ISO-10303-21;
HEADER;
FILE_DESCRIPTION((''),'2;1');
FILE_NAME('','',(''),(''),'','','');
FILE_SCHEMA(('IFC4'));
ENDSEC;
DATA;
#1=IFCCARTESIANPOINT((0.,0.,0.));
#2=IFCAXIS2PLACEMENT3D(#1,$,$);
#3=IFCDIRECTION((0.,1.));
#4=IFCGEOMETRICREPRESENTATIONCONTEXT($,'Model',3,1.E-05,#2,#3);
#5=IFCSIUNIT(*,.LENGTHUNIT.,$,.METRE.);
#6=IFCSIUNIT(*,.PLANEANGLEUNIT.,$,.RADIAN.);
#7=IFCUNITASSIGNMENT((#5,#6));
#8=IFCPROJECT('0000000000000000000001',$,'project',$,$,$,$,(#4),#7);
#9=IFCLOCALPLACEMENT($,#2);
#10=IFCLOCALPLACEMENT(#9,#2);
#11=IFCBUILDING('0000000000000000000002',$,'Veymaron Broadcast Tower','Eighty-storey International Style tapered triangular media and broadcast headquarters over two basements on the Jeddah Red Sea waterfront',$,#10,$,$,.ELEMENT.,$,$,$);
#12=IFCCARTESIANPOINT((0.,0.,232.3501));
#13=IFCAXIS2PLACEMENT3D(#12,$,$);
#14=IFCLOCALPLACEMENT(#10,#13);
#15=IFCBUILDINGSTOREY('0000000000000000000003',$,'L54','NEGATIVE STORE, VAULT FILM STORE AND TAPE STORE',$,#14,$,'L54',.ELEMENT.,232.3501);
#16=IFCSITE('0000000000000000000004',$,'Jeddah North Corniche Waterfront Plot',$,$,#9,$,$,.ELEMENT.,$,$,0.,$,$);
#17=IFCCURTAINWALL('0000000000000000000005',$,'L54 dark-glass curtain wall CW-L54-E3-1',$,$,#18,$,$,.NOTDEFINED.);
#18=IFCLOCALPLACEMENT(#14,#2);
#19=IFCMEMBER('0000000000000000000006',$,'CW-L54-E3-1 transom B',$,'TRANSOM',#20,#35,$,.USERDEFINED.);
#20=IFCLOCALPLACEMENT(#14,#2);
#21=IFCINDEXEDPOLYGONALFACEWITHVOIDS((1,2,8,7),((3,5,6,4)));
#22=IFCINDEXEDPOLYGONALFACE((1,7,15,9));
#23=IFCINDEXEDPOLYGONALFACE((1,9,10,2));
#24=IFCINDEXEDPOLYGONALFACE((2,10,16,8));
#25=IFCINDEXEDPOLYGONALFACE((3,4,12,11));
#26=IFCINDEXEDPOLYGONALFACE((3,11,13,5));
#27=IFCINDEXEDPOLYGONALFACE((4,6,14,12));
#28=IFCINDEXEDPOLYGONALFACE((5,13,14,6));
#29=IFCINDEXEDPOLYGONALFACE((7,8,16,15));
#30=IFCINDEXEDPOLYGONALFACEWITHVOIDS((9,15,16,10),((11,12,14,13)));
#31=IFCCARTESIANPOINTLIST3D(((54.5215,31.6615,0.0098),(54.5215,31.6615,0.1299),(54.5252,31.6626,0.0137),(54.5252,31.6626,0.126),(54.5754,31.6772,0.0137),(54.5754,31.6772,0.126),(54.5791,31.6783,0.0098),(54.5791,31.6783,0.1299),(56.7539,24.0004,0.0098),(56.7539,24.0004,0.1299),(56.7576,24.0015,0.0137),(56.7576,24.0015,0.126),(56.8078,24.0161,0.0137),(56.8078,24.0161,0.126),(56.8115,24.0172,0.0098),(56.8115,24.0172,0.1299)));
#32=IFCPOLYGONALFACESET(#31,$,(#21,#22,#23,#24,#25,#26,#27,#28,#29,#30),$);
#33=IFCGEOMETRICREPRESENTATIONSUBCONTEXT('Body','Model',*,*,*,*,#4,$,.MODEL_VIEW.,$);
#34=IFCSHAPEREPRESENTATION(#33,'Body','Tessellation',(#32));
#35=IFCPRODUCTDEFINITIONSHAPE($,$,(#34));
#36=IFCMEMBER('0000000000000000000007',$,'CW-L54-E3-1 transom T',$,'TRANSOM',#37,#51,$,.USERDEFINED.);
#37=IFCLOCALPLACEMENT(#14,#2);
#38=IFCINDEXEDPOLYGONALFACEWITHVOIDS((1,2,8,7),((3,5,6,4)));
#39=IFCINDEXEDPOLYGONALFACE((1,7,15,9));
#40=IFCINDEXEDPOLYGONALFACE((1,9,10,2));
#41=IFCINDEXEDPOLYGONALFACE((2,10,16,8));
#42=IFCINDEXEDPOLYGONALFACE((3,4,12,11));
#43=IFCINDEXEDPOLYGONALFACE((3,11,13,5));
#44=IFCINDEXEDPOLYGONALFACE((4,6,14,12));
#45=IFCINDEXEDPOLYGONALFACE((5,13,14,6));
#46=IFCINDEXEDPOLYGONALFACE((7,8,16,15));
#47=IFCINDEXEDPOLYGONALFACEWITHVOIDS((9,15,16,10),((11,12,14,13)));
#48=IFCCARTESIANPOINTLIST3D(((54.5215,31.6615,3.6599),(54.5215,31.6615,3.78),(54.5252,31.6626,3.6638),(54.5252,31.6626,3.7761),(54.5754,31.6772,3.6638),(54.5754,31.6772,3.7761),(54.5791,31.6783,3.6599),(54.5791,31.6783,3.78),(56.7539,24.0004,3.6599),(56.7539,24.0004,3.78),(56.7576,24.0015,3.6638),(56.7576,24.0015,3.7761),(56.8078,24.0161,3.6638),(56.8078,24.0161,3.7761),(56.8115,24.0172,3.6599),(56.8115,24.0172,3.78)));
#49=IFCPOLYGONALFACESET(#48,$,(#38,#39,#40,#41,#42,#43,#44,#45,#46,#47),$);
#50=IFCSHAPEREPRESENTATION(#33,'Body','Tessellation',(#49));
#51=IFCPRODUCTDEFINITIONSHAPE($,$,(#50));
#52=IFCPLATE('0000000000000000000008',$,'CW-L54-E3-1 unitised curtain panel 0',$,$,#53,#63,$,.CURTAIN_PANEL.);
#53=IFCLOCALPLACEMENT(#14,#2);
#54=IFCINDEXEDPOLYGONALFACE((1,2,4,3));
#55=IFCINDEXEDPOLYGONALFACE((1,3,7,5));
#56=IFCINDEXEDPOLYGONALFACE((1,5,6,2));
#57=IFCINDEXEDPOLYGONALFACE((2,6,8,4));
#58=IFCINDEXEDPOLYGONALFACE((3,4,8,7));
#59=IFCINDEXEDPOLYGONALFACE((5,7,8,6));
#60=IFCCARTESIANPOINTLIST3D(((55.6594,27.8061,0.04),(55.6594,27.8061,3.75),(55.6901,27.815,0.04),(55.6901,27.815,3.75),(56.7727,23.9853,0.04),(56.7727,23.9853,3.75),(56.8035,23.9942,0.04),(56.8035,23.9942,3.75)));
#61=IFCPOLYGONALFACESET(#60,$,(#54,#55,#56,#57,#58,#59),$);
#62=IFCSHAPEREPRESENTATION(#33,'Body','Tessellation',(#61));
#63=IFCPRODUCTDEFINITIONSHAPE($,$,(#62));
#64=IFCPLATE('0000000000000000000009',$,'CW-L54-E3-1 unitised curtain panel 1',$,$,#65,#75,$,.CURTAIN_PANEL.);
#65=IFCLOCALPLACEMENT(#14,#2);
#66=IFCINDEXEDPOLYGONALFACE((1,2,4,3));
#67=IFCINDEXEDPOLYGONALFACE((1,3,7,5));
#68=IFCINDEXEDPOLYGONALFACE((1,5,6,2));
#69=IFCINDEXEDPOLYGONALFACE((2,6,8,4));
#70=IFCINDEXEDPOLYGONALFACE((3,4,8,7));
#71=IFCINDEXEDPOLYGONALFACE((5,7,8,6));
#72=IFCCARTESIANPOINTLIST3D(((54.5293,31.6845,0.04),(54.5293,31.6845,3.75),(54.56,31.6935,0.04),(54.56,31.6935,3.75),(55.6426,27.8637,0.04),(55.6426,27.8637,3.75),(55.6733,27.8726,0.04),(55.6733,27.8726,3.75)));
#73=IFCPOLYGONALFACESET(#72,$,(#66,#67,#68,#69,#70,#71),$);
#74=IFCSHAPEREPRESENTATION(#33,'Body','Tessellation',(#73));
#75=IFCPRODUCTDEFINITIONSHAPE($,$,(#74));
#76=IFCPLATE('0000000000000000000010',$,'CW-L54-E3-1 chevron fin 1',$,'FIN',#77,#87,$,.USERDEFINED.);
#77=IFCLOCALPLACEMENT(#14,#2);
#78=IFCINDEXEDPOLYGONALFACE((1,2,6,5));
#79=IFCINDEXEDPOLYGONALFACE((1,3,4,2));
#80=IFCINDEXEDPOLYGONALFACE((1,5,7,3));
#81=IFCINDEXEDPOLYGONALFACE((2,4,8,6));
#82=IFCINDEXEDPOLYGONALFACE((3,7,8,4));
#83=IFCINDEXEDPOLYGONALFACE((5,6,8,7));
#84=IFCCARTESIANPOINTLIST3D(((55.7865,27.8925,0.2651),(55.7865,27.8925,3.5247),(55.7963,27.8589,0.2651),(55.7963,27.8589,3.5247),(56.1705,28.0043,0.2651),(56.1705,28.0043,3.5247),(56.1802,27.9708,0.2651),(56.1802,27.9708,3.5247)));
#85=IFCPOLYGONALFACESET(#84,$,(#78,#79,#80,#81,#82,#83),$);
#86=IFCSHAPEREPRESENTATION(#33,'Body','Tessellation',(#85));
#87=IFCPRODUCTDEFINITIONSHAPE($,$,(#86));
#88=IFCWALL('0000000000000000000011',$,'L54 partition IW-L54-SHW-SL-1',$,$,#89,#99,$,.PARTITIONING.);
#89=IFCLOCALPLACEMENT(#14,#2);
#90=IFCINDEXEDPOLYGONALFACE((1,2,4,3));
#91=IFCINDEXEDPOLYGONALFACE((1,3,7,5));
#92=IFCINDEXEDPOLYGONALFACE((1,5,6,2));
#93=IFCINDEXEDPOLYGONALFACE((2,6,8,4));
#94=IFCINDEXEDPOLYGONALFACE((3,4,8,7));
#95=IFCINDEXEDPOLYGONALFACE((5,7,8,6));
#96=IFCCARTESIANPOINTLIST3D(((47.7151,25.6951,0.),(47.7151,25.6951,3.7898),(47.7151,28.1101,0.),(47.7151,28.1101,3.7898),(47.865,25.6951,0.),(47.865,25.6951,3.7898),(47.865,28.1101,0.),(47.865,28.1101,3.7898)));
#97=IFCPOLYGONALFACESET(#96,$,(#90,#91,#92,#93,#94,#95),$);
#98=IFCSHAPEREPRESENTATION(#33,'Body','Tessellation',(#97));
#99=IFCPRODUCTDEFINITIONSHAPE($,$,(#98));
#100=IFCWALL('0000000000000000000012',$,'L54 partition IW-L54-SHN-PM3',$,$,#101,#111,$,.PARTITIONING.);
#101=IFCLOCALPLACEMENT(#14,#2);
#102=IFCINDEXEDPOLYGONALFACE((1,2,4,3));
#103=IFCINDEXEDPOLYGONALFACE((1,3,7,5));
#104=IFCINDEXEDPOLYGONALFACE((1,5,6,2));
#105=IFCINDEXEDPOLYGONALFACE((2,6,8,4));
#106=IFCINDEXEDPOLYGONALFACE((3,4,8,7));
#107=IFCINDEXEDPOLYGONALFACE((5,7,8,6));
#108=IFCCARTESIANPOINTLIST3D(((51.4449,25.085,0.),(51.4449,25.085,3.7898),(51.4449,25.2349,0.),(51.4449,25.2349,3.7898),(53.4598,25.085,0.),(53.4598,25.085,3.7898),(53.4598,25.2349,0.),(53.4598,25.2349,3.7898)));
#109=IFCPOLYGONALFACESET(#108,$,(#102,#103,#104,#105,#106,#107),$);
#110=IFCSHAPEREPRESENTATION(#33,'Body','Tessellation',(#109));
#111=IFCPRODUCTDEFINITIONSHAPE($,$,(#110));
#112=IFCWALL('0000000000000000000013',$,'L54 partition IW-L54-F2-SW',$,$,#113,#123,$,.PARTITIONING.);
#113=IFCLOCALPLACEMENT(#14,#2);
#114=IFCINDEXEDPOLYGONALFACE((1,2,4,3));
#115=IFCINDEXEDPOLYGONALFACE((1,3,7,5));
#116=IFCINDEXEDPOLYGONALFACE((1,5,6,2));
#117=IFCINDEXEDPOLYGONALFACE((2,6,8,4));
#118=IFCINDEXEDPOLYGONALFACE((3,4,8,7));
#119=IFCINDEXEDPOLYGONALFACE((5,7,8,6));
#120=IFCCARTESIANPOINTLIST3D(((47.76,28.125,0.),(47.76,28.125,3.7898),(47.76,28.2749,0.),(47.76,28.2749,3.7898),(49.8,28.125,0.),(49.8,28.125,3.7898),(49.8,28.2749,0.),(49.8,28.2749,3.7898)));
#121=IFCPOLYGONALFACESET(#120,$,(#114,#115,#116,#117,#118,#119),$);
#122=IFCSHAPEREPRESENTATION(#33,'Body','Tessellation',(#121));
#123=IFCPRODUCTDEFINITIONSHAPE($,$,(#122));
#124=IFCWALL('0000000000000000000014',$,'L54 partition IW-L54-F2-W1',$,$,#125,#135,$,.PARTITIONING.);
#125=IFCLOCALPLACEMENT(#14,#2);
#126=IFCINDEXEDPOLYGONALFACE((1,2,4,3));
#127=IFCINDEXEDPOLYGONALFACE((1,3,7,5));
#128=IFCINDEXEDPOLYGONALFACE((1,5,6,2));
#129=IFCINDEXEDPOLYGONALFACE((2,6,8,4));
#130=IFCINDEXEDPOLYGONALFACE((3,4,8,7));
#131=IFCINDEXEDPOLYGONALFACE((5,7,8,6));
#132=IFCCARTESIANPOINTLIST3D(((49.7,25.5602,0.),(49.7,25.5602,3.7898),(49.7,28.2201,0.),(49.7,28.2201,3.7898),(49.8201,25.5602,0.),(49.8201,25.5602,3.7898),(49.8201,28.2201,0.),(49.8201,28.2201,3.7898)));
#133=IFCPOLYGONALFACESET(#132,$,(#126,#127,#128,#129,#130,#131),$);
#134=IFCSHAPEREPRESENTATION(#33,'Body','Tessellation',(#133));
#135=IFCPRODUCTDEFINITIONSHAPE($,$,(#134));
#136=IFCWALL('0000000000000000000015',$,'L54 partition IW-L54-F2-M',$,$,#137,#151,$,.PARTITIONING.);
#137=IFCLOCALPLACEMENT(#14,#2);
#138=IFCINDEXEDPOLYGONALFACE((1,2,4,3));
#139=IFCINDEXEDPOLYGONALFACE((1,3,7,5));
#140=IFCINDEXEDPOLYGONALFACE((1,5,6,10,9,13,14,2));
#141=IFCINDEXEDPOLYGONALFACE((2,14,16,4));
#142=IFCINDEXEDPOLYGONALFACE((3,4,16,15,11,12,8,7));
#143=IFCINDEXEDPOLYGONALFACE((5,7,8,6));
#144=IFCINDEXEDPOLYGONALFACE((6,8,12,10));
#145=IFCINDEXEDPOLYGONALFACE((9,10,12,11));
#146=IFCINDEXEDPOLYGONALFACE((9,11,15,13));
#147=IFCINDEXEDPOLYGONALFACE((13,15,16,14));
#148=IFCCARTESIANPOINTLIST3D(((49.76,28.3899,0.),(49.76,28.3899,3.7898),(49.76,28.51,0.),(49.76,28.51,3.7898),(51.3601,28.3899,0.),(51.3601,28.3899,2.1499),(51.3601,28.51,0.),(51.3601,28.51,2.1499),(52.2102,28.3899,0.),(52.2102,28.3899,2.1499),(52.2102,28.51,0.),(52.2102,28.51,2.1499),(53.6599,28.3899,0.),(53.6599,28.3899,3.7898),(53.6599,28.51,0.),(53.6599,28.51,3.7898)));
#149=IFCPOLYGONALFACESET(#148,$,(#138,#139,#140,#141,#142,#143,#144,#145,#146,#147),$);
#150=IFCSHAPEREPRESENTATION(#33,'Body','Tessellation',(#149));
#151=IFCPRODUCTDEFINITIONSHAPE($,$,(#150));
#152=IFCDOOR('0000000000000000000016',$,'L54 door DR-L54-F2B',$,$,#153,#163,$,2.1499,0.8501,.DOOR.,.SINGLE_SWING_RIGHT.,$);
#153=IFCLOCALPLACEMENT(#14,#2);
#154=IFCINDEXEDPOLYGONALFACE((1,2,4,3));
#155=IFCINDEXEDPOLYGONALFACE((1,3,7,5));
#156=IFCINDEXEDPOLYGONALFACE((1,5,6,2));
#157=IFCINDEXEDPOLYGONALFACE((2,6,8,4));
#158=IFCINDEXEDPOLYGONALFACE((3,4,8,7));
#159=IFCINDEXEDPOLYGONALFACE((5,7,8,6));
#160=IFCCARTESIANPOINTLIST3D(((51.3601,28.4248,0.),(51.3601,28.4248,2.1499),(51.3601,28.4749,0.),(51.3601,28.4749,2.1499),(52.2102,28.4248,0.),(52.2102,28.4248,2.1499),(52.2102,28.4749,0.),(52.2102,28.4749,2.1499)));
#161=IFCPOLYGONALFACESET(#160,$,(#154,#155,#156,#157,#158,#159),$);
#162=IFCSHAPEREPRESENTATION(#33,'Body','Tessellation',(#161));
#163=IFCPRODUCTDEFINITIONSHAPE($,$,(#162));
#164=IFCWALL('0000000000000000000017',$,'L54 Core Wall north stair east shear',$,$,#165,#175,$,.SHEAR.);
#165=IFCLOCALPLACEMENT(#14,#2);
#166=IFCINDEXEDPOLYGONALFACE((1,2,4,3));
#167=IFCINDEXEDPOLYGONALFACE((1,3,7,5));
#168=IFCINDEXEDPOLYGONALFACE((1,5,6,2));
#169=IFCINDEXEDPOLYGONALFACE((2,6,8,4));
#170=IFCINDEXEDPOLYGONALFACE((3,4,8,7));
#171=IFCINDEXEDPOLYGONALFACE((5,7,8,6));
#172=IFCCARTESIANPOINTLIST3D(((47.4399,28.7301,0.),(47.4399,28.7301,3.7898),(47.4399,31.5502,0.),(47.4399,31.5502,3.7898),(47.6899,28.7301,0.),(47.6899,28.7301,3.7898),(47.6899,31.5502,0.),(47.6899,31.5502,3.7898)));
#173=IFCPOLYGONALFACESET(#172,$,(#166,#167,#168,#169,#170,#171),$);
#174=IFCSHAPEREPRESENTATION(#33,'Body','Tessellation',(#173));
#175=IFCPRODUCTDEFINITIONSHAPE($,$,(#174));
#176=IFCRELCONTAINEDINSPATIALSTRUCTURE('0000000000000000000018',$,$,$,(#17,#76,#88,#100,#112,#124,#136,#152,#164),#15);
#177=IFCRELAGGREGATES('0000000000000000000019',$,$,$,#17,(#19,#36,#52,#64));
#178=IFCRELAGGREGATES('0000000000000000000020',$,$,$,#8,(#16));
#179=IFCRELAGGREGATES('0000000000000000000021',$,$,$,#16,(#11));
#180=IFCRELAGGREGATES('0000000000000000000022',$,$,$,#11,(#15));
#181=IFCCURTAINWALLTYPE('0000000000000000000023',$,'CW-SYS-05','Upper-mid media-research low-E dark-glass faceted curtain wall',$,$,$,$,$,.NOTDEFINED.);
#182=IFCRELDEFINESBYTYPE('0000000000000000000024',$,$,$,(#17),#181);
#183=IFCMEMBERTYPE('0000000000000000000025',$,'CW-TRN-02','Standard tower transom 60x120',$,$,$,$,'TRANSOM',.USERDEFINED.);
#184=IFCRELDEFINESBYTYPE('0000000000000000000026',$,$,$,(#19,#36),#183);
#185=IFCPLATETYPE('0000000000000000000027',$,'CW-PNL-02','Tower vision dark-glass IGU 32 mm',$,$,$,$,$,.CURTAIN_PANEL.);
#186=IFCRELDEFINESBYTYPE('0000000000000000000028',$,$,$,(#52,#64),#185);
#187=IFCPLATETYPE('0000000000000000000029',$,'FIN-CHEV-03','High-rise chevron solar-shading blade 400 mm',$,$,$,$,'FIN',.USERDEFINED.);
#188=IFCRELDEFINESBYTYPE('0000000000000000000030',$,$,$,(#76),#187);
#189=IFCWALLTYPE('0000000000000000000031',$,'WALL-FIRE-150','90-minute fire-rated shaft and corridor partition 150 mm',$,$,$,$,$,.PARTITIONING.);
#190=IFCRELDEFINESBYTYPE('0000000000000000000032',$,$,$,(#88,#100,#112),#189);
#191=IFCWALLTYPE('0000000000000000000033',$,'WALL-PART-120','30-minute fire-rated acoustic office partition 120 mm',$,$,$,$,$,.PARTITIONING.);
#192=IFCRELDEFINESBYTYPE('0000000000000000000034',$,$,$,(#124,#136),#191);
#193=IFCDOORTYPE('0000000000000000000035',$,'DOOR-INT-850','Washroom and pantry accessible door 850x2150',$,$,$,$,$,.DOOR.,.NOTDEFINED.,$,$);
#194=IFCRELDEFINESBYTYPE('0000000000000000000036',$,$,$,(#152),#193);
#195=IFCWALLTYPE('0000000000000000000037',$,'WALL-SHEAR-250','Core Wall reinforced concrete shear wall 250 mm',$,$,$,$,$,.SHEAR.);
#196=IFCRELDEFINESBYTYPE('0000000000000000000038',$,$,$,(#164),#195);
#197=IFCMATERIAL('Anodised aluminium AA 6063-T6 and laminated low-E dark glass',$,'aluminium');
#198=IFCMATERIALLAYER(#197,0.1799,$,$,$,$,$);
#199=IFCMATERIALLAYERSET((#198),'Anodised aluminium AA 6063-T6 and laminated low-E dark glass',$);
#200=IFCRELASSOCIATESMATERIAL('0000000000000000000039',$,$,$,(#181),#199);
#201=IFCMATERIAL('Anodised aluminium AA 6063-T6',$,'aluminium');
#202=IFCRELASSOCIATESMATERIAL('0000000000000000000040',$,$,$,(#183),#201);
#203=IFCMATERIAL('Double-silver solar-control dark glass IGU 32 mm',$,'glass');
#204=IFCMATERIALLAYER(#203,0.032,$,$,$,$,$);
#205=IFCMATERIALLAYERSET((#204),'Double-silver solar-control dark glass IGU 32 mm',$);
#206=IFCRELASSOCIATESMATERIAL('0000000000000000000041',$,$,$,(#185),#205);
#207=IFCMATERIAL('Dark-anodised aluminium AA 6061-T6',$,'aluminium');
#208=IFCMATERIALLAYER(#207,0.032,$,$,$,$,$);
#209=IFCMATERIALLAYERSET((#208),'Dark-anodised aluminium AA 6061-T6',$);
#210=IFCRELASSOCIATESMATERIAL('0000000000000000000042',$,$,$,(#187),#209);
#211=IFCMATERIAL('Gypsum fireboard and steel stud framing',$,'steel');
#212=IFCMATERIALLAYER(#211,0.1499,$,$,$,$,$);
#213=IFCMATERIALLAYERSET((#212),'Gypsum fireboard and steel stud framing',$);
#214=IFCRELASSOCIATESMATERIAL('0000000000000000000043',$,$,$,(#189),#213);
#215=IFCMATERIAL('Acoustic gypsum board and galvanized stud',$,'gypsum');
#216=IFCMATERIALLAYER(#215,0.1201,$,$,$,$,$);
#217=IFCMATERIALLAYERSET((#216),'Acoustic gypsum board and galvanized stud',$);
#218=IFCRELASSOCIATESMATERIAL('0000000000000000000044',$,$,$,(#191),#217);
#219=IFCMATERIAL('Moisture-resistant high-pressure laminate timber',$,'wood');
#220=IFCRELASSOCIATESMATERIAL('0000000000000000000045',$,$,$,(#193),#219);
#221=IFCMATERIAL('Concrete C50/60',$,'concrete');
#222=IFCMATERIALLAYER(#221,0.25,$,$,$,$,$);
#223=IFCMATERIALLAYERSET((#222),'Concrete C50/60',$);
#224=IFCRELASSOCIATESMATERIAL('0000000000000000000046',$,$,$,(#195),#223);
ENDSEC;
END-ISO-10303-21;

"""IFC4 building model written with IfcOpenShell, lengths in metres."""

from ifc_helpers import new_model, si_unit, direction, frame, frame_2d, origin, origin_2d, place, context, subcontext, project, spatial, rectangle, hollow_rectangle, extrude, material, layer, layer_set, material_profile, profile_set, type_object, element, fill, aggregate, save


model = new_model("IFC4")

# Units and contexts
model_context = context("Model", 3, precision=1e-05, world=origin(), true_north=direction((0.0, 1.0)))
body_context = subcontext(model_context, "Body", "Model", "MODEL_VIEW")
ifc_project = project(units=[si_unit("LENGTHUNIT", "METRE"), si_unit("PLANEANGLEUNIT", "RADIAN")], contexts=[model_context])

# Site, building, storey
site_placement = place(None, origin())
site = spatial("IfcSite", under=ifc_project, at=site_placement, Name="Jeddah North Corniche Waterfront Plot", CompositionType="ELEMENT", RefElevation=0.0)
building_placement = place(site_placement, origin())
building = spatial("IfcBuilding", under=site, at=building_placement, Name="Veymaron Broadcast Tower", Description="Eighty-storey International Style tapered triangular media and broadcast headquarters over two basements on the Jeddah Red Sea waterfront", CompositionType="ELEMENT")
storey_placement = place(building_placement, frame((0.0, 0.0, 232.3501)))
storey = spatial("IfcBuildingStorey", under=building, at=storey_placement, Name="L54", Description="NEGATIVE STORE, VAULT FILM STORE AND TAPE STORE", LongName="L54", CompositionType="ELEMENT", Elevation=232.3501)

# Shared definitions
ifc_material_1 = material(Name="Anodised aluminium AA 6063-T6 and laminated low-E dark glass", Category="aluminium")
ifc_layer_1 = layer(ifc_material_1, 0.1799)
ifc_layer_set_1 = layer_set([ifc_layer_1], Name="Anodised aluminium AA 6063-T6 and laminated low-E dark glass")
curtain_wall_type = type_object("IfcCurtainWallType", Name="CW-SYS-05", Description="Upper-mid media-research low-E dark-glass faceted curtain wall", PredefinedType="NOTDEFINED", material=ifc_layer_set_1)
ifc_material_2 = material(Name="Anodised aluminium AA 6063-T6", Category="aluminium")

# Curtain wall
curtain_wall_1_placement = place(storey_placement, origin())
curtain_wall_1 = element("IfcCurtainWall", 1, at=curtain_wall_1_placement, inside=storey, type_object=curtain_wall_type, Name="L54 dark-glass curtain wall CW-L54-E3-1", PredefinedType="NOTDEFINED")

# Members
ifc_material_profile_1 = material_profile(ifc_material_2, hollow_rectangle(XDim=0.0601, YDim=0.1201, WallThickness=0.0039, at=origin_2d()), Name="AL120X60X4")
ifc_profile_set_1 = profile_set([ifc_material_profile_1], Name="Anodised aluminium AA 6063-T6")
member_type_1 = type_object("IfcMemberType", Name="CW-TRN-02", Description="Standard tower transom 60x120", ElementType="TRANSOM", PredefinedType="USERDEFINED", material=ifc_profile_set_1)
member_1_placement = place(storey_placement, frame((56.7827, 24.0088, 0.0698), z_axis=(-0.27976, 0.96007, 0.0), x_axis=(-0.96007, -0.27976, 0.0)))
member_1 = element("IfcMember", 2, at=member_1_placement, type_object=member_type_1, Name="CW-L54-E3-1 transom B", ObjectType="TRANSOM", PredefinedType="USERDEFINED", context=body_context, shape_type="SweptSolid", body=[
    extrude(hollow_rectangle(XDim=0.0601, YDim=0.1201, WallThickness=0.0039, at=origin_2d()), origin(), (0.0, 0.0, 1.0), 7.9797),
])
member_2_placement = place(storey_placement, frame((56.7827, 24.0088, 3.72), z_axis=(-0.27976, 0.96007, 0.0), x_axis=(-0.96007, -0.27976, 0.0)))
member_2 = element("IfcMember", 3, at=member_2_placement, type_object=member_type_1, Name="CW-L54-E3-1 transom T", ObjectType="TRANSOM", PredefinedType="USERDEFINED", context=body_context, shape_type="SweptSolid", body=[
    extrude(hollow_rectangle(XDim=0.0601, YDim=0.1201, WallThickness=0.0039, at=origin_2d()), origin(), (0.0, 0.0, 1.0), 7.9797),
])

# Plates
ifc_material_3 = material(Name="Double-silver solar-control dark glass IGU 32 mm", Category="glass")
ifc_layer_2 = layer(ifc_material_3, 0.032)
ifc_layer_set_2 = layer_set([ifc_layer_2], Name="Double-silver solar-control dark glass IGU 32 mm")
plate_type_1 = type_object("IfcPlateType", Name="CW-PNL-02", Description="Tower vision dark-glass IGU 32 mm", PredefinedType="CURTAIN_PANEL", material=ifc_layer_set_2)
plate_1_placement = place(storey_placement, frame((56.2314, 25.9001, 0.04), z_axis=(0.0, 0.0, 1.0), x_axis=(-0.279745, 0.960074, 0.0)))
plate_1 = element("IfcPlate", 4, at=plate_1_placement, type_object=plate_type_1, Name="CW-L54-E3-1 unitised curtain panel 0", PredefinedType="CURTAIN_PANEL", context=body_context, shape_type="SweptSolid", body=[
    extrude(rectangle(XDim=3.9797, YDim=0.032, at=origin_2d()), origin(), (0.0, 0.0, 1.0), 3.71),
])
plate_2_placement = place(storey_placement, frame((55.1013, 29.7786, 0.04), z_axis=(0.0, 0.0, 1.0), x_axis=(-0.279745, 0.960074, 0.0)))
plate_2 = element("IfcPlate", 5, at=plate_2_placement, type_object=plate_type_1, Name="CW-L54-E3-1 unitised curtain panel 1", PredefinedType="CURTAIN_PANEL", context=body_context, shape_type="SweptSolid", body=[
    extrude(rectangle(XDim=3.9797, YDim=0.032, at=origin_2d()), origin(), (0.0, 0.0, 1.0), 3.71),
])
aggregate(curtain_wall_1, [member_1, member_2, plate_1, plate_2])
ifc_material_4 = material(Name="Dark-anodised aluminium AA 6061-T6", Category="aluminium")
ifc_layer_3 = layer(ifc_material_4, 0.032)
ifc_layer_set_3 = layer_set([ifc_layer_3], Name="Dark-anodised aluminium AA 6061-T6")
plate_type_2 = type_object("IfcPlateType", Name="FIN-CHEV-03", Description="High-rise chevron solar-shading blade 400 mm", ElementType="FIN", PredefinedType="USERDEFINED", material=ifc_layer_set_3)
plate_3_placement = place(storey_placement, frame((55.9834, 27.9316, 0.2651), z_axis=(0.0, 0.0, 1.0), x_axis=(0.960074, 0.279745, 0.0)))
element("IfcPlate", 6, at=plate_3_placement, inside=storey, type_object=plate_type_2, Name="CW-L54-E3-1 chevron fin 1", ObjectType="FIN", PredefinedType="USERDEFINED", context=body_context, shape_type="SweptSolid", body=[
    extrude(rectangle(XDim=0.3999, YDim=0.0349, at=origin_2d()), origin(), (0.0, 0.0, 1.0), 3.2595),
])

# Shared definitions
ifc_material_5 = material(Name="Gypsum fireboard and steel stud framing", Category="steel")
ifc_layer_4 = layer(ifc_material_5, 0.1499)
ifc_layer_set_4 = layer_set([ifc_layer_4], Name="Gypsum fireboard and steel stud framing")
wall_type_1 = type_object("IfcWallType", Name="WALL-FIRE-150", Description="90-minute fire-rated shaft and corridor partition 150 mm", PredefinedType="PARTITIONING", material=ifc_layer_set_4)

# Walls
wall_1_placement = place(storey_placement, frame((47.79, 25.6951, 0.0), z_axis=(0.0, 0.0, 1.0), x_axis=(0.0, 1.0, 0.0)))
element("IfcWall", 7, at=wall_1_placement, inside=storey, type_object=wall_type_1, Name="L54 partition IW-L54-SHW-SL-1", PredefinedType="PARTITIONING", context=body_context, shape_type="SweptSolid", body=[
    extrude(rectangle(XDim=2.415, YDim=0.1499, at=frame_2d((1.2075, 0.0))), origin(), (0.0, 0.0, 1.0), 3.7898),
])
wall_2_placement = place(storey_placement, frame((51.4451, 25.1599, 0.0), z_axis=(0.0, 0.0, 1.0), x_axis=(1.0, 0.0, 0.0)))
element("IfcWall", 8, at=wall_2_placement, inside=storey, type_object=wall_type_1, Name="L54 partition IW-L54-SHN-PM3", PredefinedType="PARTITIONING", context=body_context, shape_type="SweptSolid", body=[
    extrude(rectangle(XDim=2.0149, YDim=0.1499, at=frame_2d((1.0073, 0.0))), origin(), (0.0, 0.0, 1.0), 3.7898),
])
wall_3_placement = place(storey_placement, frame((47.76, 28.2, 0.0), z_axis=(0.0, 0.0, 1.0), x_axis=(1.0, 0.0, 0.0)))
element("IfcWall", 9, at=wall_3_placement, inside=storey, type_object=wall_type_1, Name="L54 partition IW-L54-F2-SW", PredefinedType="PARTITIONING", context=body_context, shape_type="SweptSolid", body=[
    extrude(rectangle(XDim=2.04, YDim=0.1499, at=frame_2d((1.02, 0.0))), origin(), (0.0, 0.0, 1.0), 3.7898),
])
ifc_material_6 = material(Name="Acoustic gypsum board and galvanized stud", Category="gypsum")
ifc_layer_5 = layer(ifc_material_6, 0.1201)
ifc_layer_set_5 = layer_set([ifc_layer_5], Name="Acoustic gypsum board and galvanized stud")
wall_type_2 = type_object("IfcWallType", Name="WALL-PART-120", Description="30-minute fire-rated acoustic office partition 120 mm", PredefinedType="PARTITIONING", material=ifc_layer_set_5)
wall_4_placement = place(storey_placement, frame((49.76, 25.5601, 0.0), z_axis=(0.0, 0.0, 1.0), x_axis=(0.0, 1.0, 0.0)))
element("IfcWall", 10, at=wall_4_placement, inside=storey, type_object=wall_type_2, Name="L54 partition IW-L54-F2-W1", PredefinedType="PARTITIONING", context=body_context, shape_type="SweptSolid", body=[
    extrude(rectangle(XDim=2.6599, YDim=0.1201, at=frame_2d((1.3301, 0.0))), origin(), (0.0, 0.0, 1.0), 3.7898),
])

# Wall, opening, door
ifc_material_7 = material(Name="Moisture-resistant high-pressure laminate timber", Category="wood")
door_type_1 = type_object("IfcDoorType", Name="DOOR-INT-850", Description="Washroom and pantry accessible door 850x2150", OperationType="NOTDEFINED", PredefinedType="DOOR", material=ifc_material_7)
wall_5_placement = place(storey_placement, frame((49.76, 28.45, 0.0), z_axis=(0.0, 0.0, 1.0), x_axis=(1.0, 0.0, 0.0)))
wall_5 = element("IfcWall", 11, at=wall_5_placement, inside=storey, type_object=wall_type_2, Name="L54 partition IW-L54-F2-M", PredefinedType="PARTITIONING", context=body_context, shape_type="SweptSolid", body=[
    extrude(rectangle(XDim=3.8999, YDim=0.1201, at=frame_2d((1.95, 0.0))), origin(), (0.0, 0.0, 1.0), 3.7898),
])
opening_1_placement = place(wall_5_placement, frame((1.6001, 0.0, 0.0)))
opening_1 = element("IfcOpeningElement", 12, at=opening_1_placement, cuts=wall_5, PredefinedType="OPENING", context=body_context, shape_type="SweptSolid", body=[
    extrude(rectangle(XDim=0.8501, YDim=2.1499, at=frame_2d((0.425, 1.075))), frame((0.0, 0.0701, 0.0), z_axis=(0.0, -1.0, 0.0), x_axis=(1.0, 0.0, 0.0)), (0.0, 0.0, 1.0), 0.1401),
])
door_1_placement = place(opening_1_placement, origin())
door_1 = element("IfcDoor", 13, at=door_1_placement, inside=storey, type_object=door_type_1, Name="L54 door DR-L54-F2B", OperationType="SINGLE_SWING_RIGHT", OverallHeight=2.1499, OverallWidth=0.8501, PredefinedType="DOOR", context=body_context, shape_type="SweptSolid", body=[
    extrude(rectangle(XDim=0.8501, YDim=2.1499, at=frame_2d((0.425, 1.075))), frame((0.0, 0.0249, 0.0), z_axis=(0.0, -1.0, 0.0), x_axis=(1.0, 0.0, 0.0)), (0.0, 0.0, 1.0), 0.05),
])
fill(opening_1, door_1)

# Wall
ifc_material_8 = material(Name="Concrete C50/60", Category="concrete")
ifc_layer_6 = layer(ifc_material_8, 0.25)
ifc_layer_set_6 = layer_set([ifc_layer_6], Name="Concrete C50/60")
wall_type_3 = type_object("IfcWallType", Name="WALL-SHEAR-250", Description="Core Wall reinforced concrete shear wall 250 mm", PredefinedType="SHEAR", material=ifc_layer_set_6)
wall_6_placement = place(storey_placement, frame((47.5649, 28.73, 0.0), z_axis=(0.0, 0.0, 1.0), x_axis=(0.0, 1.0, 0.0)))
element("IfcWall", 14, at=wall_6_placement, inside=storey, type_object=wall_type_3, Name="L54 Core Wall north stair east shear", PredefinedType="SHEAR", context=body_context, shape_type="SweptSolid", body=[
    extrude(rectangle(XDim=2.8201, YDim=0.25, at=frame_2d((1.4102, 0.0))), origin(), (0.0, 0.0, 1.0), 3.7898),
])

save(model, "model.ifc")
